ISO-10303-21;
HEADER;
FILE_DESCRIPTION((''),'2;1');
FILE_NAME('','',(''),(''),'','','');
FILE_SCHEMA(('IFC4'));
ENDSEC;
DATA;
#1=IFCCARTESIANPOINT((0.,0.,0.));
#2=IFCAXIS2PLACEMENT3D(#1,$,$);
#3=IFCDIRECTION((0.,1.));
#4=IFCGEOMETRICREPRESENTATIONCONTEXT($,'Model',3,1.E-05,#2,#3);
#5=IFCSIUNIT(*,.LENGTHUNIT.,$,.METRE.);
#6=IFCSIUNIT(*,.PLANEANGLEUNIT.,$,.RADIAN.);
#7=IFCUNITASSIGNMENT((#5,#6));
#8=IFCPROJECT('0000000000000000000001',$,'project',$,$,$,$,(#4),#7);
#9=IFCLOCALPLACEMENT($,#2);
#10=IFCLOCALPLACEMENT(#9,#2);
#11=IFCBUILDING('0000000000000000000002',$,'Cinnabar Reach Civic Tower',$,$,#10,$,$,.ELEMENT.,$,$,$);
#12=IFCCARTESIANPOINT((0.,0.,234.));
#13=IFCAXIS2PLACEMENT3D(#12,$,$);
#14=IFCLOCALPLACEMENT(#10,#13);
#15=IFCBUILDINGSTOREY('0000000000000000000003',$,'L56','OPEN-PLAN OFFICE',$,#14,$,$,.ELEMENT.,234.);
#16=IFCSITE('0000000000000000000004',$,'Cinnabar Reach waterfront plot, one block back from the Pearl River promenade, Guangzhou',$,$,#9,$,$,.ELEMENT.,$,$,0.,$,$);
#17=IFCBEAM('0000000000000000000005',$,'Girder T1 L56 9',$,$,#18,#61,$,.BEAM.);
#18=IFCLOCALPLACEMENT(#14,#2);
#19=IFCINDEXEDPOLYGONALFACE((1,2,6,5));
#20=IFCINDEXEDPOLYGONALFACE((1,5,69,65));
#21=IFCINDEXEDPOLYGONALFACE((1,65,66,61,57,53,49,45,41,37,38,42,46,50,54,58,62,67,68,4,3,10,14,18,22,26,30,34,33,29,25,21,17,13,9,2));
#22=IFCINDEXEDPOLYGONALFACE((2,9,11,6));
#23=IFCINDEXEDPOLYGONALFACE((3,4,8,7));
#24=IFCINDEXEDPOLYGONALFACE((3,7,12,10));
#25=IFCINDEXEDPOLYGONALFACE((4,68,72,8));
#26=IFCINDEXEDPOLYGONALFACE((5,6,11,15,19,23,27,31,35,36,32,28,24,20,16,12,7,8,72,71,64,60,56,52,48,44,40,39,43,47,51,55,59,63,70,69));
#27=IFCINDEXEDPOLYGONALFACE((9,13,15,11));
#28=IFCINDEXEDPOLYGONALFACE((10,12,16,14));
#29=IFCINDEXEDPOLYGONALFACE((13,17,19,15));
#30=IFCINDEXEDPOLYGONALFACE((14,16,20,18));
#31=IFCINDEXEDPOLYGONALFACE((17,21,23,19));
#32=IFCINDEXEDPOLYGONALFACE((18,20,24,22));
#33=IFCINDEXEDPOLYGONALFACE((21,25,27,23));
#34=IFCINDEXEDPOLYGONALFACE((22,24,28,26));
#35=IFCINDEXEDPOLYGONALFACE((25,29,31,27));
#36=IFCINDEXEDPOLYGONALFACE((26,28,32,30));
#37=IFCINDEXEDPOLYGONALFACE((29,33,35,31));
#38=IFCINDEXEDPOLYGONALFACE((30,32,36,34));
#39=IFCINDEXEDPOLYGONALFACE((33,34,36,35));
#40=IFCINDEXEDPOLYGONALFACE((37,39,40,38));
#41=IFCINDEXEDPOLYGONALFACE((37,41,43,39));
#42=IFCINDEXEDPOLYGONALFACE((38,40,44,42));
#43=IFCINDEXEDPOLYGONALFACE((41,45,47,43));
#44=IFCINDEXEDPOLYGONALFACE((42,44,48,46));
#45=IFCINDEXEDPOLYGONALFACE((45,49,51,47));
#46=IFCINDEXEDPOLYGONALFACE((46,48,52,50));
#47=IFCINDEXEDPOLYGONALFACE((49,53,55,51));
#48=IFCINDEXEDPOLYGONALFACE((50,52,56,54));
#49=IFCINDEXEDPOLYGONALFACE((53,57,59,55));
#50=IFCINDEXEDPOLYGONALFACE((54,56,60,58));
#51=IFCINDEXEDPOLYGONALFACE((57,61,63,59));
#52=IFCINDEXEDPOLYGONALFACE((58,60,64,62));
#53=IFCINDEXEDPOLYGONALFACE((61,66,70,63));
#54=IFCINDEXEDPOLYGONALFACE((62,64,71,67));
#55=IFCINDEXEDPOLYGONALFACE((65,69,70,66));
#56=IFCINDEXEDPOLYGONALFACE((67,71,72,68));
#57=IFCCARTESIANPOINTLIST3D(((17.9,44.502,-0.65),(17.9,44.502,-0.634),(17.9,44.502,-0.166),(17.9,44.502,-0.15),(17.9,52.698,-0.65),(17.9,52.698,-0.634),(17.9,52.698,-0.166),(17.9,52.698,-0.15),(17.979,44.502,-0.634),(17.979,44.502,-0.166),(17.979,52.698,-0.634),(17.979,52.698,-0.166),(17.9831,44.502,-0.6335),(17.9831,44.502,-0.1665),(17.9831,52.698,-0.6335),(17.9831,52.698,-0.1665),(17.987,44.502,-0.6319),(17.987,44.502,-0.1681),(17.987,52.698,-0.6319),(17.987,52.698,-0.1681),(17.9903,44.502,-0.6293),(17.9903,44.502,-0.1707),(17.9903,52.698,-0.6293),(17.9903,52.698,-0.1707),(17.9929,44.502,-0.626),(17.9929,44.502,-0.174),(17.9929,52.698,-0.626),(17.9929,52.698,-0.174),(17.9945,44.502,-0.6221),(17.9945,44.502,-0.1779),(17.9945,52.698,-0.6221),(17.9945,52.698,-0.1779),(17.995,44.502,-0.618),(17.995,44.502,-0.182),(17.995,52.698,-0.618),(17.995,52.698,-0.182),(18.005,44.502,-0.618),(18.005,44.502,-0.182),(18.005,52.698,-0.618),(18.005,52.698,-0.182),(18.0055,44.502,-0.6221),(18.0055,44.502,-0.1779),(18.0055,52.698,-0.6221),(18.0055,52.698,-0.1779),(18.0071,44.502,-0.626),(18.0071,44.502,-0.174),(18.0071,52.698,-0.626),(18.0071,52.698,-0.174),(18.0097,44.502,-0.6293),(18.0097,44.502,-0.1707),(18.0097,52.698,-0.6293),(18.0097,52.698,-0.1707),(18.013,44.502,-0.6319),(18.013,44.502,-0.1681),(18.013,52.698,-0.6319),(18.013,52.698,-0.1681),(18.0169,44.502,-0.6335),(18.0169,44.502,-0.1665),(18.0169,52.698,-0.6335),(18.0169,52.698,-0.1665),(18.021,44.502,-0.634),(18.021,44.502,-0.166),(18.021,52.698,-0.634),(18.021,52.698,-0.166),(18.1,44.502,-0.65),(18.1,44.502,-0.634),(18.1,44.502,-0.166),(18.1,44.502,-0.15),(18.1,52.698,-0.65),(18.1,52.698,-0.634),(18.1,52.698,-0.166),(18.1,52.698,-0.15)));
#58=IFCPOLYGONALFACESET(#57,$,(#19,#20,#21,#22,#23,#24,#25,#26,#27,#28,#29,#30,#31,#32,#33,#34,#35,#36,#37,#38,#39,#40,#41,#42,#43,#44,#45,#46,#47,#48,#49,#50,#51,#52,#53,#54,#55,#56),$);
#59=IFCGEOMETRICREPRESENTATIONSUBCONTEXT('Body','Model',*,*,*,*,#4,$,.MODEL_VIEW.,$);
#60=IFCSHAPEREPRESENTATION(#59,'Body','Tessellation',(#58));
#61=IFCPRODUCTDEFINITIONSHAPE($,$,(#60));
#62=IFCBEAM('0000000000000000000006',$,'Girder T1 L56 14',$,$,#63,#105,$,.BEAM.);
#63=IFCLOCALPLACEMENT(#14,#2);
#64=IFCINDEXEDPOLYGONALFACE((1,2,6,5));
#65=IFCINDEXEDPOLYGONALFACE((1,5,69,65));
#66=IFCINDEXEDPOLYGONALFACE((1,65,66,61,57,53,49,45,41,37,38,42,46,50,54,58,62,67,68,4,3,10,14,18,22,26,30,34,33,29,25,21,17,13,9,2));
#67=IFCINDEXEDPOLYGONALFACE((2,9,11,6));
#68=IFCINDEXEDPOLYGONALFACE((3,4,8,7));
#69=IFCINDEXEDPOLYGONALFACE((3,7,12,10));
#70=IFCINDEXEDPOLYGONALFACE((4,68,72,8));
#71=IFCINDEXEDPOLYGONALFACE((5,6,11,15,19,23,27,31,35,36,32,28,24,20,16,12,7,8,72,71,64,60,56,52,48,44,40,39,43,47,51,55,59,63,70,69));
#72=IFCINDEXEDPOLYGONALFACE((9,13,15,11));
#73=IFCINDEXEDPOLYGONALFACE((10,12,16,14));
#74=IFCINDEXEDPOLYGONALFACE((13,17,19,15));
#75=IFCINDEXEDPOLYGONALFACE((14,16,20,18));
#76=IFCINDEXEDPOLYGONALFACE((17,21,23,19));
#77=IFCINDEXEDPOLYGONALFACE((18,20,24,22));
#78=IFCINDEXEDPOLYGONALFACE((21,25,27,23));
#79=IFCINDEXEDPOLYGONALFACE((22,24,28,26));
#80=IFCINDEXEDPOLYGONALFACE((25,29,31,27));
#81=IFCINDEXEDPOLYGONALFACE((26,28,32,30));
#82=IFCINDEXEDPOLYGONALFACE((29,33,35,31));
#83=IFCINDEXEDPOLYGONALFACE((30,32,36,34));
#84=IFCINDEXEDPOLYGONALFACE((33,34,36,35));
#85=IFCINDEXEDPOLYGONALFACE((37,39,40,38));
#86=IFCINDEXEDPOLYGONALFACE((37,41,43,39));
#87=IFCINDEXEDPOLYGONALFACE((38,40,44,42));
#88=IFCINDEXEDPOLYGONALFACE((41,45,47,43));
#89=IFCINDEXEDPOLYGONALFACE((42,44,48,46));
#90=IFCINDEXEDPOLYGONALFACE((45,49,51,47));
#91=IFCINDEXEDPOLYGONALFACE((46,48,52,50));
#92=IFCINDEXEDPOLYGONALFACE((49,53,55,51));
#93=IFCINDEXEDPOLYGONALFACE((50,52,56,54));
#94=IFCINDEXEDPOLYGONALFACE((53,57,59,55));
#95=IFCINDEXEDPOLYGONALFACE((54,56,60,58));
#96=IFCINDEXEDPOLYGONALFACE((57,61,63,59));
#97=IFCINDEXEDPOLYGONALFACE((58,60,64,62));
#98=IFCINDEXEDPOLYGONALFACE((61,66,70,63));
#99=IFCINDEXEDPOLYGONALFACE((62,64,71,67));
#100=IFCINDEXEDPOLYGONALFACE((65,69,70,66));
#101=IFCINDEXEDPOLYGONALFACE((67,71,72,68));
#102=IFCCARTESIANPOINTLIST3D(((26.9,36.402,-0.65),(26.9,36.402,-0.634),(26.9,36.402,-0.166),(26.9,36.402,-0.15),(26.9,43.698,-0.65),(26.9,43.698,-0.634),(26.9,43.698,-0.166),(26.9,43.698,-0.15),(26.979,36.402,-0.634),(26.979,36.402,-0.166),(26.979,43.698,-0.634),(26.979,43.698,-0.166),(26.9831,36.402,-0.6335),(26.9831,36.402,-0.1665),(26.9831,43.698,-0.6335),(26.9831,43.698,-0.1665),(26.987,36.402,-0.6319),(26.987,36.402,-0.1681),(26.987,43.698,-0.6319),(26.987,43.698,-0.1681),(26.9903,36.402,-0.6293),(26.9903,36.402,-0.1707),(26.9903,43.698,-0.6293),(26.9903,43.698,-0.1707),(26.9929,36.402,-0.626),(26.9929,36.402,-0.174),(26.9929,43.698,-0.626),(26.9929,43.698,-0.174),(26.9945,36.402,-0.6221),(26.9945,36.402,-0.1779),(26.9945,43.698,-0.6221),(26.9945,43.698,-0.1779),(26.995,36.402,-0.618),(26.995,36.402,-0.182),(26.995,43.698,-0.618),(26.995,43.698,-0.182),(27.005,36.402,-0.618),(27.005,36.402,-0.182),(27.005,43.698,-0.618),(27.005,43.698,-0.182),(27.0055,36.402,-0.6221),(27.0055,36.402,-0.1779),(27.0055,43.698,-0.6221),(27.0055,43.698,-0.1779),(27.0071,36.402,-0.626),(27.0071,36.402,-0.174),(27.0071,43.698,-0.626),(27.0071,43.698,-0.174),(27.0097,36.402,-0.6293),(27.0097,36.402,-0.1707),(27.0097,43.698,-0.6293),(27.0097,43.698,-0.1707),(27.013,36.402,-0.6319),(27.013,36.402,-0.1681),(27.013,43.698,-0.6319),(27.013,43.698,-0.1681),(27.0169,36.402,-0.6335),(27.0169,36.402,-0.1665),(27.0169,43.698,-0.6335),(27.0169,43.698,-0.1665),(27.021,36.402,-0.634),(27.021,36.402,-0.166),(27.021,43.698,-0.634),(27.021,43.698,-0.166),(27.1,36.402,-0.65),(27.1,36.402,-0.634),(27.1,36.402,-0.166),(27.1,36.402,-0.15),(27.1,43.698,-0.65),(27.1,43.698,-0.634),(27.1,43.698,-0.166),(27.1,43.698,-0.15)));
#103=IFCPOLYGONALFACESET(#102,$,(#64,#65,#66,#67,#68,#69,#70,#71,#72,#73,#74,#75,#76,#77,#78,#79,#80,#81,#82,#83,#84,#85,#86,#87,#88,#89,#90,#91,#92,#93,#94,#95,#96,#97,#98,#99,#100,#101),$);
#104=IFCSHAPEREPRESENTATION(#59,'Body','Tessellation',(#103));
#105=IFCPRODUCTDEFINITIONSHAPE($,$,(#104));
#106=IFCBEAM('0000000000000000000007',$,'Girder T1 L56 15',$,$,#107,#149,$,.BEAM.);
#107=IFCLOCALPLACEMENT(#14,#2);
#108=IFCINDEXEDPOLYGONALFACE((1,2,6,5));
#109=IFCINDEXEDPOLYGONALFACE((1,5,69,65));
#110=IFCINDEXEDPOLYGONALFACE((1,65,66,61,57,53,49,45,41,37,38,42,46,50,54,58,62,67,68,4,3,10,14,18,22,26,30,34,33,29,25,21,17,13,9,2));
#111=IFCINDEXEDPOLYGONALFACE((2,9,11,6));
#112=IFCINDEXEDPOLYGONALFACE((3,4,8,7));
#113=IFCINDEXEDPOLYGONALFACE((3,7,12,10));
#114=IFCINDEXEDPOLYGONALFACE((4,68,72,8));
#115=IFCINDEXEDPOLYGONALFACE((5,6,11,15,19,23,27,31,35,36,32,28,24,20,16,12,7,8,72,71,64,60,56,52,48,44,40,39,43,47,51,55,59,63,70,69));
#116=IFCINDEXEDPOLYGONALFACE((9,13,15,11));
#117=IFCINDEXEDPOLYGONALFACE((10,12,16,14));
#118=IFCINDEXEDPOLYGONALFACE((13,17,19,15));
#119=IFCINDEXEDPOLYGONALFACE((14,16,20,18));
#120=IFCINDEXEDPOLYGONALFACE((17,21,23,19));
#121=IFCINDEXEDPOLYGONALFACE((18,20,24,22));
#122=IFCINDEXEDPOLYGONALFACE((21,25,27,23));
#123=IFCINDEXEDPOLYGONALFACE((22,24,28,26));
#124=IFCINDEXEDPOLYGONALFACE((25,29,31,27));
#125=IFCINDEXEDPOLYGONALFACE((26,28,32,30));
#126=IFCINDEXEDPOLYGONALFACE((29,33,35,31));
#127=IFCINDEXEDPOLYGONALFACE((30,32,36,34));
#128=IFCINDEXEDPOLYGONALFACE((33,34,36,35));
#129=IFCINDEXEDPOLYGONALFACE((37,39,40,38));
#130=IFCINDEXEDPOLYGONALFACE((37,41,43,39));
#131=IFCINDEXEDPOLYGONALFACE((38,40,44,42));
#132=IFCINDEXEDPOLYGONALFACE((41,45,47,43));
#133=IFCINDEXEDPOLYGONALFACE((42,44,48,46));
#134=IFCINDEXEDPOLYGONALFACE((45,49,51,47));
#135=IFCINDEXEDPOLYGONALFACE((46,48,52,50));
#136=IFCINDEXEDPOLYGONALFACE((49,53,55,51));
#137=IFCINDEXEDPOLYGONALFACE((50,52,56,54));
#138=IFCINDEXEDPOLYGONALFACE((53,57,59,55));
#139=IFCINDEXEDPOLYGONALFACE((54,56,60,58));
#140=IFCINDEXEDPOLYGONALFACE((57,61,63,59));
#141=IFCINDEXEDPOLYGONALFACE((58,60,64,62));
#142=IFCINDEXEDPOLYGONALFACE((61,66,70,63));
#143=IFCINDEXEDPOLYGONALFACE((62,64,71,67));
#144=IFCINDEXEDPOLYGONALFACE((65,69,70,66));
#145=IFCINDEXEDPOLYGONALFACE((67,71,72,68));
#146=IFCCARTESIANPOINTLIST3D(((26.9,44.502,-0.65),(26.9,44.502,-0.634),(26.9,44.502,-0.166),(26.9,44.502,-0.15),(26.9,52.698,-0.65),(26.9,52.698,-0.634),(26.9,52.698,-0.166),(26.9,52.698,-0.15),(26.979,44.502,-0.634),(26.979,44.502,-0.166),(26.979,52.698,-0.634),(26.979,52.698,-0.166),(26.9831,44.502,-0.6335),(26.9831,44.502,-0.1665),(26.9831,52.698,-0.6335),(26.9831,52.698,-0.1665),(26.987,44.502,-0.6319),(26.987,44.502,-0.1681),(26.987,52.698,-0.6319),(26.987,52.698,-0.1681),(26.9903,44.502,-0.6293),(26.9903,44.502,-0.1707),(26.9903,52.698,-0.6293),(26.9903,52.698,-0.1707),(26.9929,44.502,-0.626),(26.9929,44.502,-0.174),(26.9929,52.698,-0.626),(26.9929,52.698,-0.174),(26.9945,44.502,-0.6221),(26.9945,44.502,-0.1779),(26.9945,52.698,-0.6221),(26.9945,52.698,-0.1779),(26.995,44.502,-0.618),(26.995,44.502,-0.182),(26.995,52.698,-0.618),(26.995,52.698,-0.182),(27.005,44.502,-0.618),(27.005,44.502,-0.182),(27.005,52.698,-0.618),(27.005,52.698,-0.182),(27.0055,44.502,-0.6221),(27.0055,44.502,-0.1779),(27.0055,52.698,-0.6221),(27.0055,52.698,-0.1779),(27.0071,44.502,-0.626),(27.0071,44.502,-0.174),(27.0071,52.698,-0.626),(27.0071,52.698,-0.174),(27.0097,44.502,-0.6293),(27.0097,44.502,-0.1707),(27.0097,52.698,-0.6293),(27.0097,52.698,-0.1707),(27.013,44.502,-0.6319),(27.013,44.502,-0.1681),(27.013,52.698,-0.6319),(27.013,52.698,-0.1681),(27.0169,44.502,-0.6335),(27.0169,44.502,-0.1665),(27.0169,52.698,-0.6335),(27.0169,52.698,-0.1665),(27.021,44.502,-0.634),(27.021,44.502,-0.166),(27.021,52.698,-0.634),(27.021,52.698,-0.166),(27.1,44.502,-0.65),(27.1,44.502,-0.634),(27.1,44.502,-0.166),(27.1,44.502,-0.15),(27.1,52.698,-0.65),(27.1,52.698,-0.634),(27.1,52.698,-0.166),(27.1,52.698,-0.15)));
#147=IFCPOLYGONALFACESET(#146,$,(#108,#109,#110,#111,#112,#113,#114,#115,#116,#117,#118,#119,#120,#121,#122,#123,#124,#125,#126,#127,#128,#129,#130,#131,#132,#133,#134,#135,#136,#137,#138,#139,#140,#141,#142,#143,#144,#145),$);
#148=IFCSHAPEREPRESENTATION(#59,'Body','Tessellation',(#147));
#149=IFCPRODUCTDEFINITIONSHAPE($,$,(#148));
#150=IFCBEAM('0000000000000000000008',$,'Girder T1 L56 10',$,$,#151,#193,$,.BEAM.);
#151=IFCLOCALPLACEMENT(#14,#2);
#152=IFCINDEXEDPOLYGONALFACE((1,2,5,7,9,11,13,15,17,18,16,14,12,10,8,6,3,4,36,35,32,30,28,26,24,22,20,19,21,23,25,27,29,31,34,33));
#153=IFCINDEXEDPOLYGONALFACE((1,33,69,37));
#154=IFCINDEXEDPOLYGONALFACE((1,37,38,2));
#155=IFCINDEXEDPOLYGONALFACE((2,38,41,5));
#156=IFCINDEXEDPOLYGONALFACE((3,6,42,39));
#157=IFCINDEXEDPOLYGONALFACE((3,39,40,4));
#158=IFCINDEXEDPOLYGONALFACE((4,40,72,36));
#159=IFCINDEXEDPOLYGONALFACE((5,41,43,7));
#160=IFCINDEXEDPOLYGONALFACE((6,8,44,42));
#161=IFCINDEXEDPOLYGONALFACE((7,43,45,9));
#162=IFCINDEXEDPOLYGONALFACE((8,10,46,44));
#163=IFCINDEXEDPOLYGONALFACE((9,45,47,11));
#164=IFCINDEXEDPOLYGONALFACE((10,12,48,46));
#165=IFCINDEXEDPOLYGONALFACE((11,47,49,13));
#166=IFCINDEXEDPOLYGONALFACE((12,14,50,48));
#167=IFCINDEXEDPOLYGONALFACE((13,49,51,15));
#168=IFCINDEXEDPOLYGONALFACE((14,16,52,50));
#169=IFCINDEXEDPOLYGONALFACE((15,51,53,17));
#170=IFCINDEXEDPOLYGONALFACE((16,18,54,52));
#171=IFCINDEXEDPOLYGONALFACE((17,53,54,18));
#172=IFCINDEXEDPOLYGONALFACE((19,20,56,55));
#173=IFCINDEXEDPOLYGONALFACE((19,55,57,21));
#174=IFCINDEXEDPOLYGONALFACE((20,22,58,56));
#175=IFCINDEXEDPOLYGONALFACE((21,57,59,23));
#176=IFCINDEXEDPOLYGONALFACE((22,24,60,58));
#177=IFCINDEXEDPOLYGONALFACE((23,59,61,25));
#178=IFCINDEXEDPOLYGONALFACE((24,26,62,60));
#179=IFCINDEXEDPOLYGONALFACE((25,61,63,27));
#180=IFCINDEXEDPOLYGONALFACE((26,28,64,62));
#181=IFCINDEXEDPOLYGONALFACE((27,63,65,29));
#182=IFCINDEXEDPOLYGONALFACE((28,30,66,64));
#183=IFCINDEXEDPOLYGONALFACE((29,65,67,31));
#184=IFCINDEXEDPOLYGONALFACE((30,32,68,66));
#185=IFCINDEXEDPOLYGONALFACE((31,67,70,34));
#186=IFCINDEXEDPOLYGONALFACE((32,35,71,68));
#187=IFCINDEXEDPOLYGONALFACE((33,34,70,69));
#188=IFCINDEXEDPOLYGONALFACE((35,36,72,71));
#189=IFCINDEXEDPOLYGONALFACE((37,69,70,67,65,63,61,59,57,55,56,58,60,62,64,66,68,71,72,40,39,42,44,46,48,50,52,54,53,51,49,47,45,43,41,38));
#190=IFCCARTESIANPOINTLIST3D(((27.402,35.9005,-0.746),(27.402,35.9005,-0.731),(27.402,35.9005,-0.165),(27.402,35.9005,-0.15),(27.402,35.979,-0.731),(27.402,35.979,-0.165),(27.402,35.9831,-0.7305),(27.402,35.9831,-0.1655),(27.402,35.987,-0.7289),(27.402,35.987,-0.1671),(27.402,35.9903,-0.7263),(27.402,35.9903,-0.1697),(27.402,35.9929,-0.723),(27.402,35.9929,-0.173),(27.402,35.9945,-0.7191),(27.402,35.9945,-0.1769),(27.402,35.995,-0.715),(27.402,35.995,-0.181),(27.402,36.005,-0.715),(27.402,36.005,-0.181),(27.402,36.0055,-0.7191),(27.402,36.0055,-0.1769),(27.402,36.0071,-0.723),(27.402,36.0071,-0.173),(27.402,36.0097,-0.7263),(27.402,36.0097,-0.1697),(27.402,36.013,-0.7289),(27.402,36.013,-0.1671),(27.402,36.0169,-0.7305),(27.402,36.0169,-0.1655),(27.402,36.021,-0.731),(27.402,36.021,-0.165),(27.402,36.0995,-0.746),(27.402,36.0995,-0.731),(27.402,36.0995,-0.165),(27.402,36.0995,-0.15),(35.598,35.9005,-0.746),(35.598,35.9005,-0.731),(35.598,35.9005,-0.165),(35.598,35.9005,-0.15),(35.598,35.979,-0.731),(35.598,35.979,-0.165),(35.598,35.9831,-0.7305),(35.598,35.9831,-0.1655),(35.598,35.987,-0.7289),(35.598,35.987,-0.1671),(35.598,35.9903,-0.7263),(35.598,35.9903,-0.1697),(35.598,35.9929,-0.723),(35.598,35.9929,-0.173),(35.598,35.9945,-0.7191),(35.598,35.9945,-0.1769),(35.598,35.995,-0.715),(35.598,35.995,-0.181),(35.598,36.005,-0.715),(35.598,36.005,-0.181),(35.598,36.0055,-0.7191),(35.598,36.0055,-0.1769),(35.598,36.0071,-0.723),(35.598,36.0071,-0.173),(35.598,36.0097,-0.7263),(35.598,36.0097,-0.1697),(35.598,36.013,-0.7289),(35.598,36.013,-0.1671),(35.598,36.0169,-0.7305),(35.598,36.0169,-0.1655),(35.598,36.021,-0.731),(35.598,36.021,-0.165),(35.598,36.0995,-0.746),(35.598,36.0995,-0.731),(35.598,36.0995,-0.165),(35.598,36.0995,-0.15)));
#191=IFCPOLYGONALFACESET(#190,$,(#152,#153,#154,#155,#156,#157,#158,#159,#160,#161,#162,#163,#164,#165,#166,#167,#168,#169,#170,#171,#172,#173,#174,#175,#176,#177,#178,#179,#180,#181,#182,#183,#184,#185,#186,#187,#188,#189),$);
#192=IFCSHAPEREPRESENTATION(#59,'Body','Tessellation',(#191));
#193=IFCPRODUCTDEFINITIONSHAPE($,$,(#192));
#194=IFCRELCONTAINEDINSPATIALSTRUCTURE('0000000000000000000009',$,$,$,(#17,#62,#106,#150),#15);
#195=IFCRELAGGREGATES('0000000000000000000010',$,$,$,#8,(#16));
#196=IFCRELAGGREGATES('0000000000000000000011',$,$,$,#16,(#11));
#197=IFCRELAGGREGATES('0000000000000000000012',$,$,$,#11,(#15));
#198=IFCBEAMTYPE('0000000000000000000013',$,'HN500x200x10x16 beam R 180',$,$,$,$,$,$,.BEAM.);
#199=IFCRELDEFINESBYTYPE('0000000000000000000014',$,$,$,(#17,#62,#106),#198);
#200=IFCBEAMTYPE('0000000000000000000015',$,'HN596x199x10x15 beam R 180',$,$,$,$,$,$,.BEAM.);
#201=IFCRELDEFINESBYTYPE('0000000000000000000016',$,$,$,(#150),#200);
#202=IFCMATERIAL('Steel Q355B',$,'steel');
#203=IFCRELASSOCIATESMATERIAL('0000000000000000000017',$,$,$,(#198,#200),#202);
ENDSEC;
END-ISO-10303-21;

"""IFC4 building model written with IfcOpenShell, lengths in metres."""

from ifc_helpers import new_model, si_unit, direction, frame, origin, origin_2d, place, context, subcontext, project, spatial, i_section, extrude, material, material_profile, profile_set, type_object, element, save


model = new_model("IFC4")

# Units and contexts
model_context = context("Model", 3, precision=1e-05, world=origin(), true_north=direction((0.0, 1.0)))
body_context = subcontext(model_context, "Body", "Model", "MODEL_VIEW")
ifc_project = project(units=[si_unit("LENGTHUNIT", "METRE"), si_unit("PLANEANGLEUNIT", "RADIAN")], contexts=[model_context])

# Site, building, storey
site_placement = place(None, origin())
site = spatial("IfcSite", under=ifc_project, at=site_placement, Name="Cinnabar Reach waterfront plot, one block back from the Pearl River promenade, Guangzhou", CompositionType="ELEMENT", RefElevation=0.0)
building_placement = place(site_placement, origin())
building = spatial("IfcBuilding", under=site, at=building_placement, Name="Cinnabar Reach Civic Tower", CompositionType="ELEMENT")
storey_placement = place(building_placement, frame((0.0, 0.0, 234.0)))
storey = spatial("IfcBuildingStorey", under=building, at=storey_placement, Name="L56", Description="OPEN-PLAN OFFICE", CompositionType="ELEMENT", Elevation=234.0)

# Beams
ifc_material_1 = material(Name="Steel Q355B", Category="steel")
ifc_material_profile_1 = material_profile(ifc_material_1, i_section(OverallWidth=0.2, OverallDepth=0.5, WebThickness=0.01, FlangeThickness=0.016, FilletRadius=0.016, at=origin_2d()), Name="HN500x200x10x16")
ifc_profile_set_1 = profile_set([ifc_material_profile_1], Name="Steel Q355B")
beam_type_1 = type_object("IfcBeamType", Name="HN500x200x10x16 beam R 180", PredefinedType="BEAM", material=ifc_profile_set_1)
beam_1_placement = place(storey_placement, frame((18.0, 44.502, -0.4), z_axis=(0.0, 1.0, 0.0), x_axis=(-1.0, 0.0, 0.0)))
element("IfcBeam", 1, at=beam_1_placement, inside=storey, type_object=beam_type_1, Name="Girder T1 L56 9", PredefinedType="BEAM", context=body_context, shape_type="SweptSolid", body=[
    extrude(i_section(OverallWidth=0.2, OverallDepth=0.5, WebThickness=0.01, FlangeThickness=0.016, FilletRadius=0.016, at=origin_2d()), origin(), (0.0, 0.0, 1.0), 8.196),
])
beam_2_placement = place(storey_placement, frame((27.0, 36.402, -0.4), z_axis=(0.0, 1.0, 0.0), x_axis=(-1.0, 0.0, 0.0)))
element("IfcBeam", 2, at=beam_2_placement, inside=storey, type_object=beam_type_1, Name="Girder T1 L56 14", PredefinedType="BEAM", context=body_context, shape_type="SweptSolid", body=[
    extrude(i_section(OverallWidth=0.2, OverallDepth=0.5, WebThickness=0.01, FlangeThickness=0.016, FilletRadius=0.016, at=origin_2d()), origin(), (0.0, 0.0, 1.0), 7.296),
])
beam_3_placement = place(storey_placement, frame((27.0, 44.502, -0.4), z_axis=(0.0, 1.0, 0.0), x_axis=(-1.0, 0.0, 0.0)))
element("IfcBeam", 3, at=beam_3_placement, inside=storey, type_object=beam_type_1, Name="Girder T1 L56 15", PredefinedType="BEAM", context=body_context, shape_type="SweptSolid", body=[
    extrude(i_section(OverallWidth=0.2, OverallDepth=0.5, WebThickness=0.01, FlangeThickness=0.016, FilletRadius=0.016, at=origin_2d()), origin(), (0.0, 0.0, 1.0), 8.196),
])
ifc_material_profile_2 = material_profile(ifc_material_1, i_section(OverallWidth=0.199, OverallDepth=0.596, WebThickness=0.01, FlangeThickness=0.015, FilletRadius=0.016, at=origin_2d()), Name="HN596x199x10x15")
ifc_profile_set_2 = profile_set([ifc_material_profile_2], Name="Steel Q355B")
beam_type_2 = type_object("IfcBeamType", Name="HN596x199x10x15 beam R 180", PredefinedType="BEAM", material=ifc_profile_set_2)
for number, where, z_axis, x_axis, name in (
    (4, (27.402, 36.0, -0.448), (1.0, 0.0, 0.0), (0.0, 1.0, 0.0), "Girder T1 L56 10"),
):
    element("IfcBeam", number, at=place(storey_placement, frame(where, z_axis=z_axis, x_axis=x_axis)), inside=storey, type_object=beam_type_2, Name=name, PredefinedType="BEAM", context=body_context, shape_type="SweptSolid", body=[
        extrude(i_section(OverallWidth=0.199, OverallDepth=0.596, WebThickness=0.01, FlangeThickness=0.015, FilletRadius=0.016, at=origin_2d()), origin(), (0.0, 0.0, 1.0), 8.196),
    ])

save(model, "model.ifc")
